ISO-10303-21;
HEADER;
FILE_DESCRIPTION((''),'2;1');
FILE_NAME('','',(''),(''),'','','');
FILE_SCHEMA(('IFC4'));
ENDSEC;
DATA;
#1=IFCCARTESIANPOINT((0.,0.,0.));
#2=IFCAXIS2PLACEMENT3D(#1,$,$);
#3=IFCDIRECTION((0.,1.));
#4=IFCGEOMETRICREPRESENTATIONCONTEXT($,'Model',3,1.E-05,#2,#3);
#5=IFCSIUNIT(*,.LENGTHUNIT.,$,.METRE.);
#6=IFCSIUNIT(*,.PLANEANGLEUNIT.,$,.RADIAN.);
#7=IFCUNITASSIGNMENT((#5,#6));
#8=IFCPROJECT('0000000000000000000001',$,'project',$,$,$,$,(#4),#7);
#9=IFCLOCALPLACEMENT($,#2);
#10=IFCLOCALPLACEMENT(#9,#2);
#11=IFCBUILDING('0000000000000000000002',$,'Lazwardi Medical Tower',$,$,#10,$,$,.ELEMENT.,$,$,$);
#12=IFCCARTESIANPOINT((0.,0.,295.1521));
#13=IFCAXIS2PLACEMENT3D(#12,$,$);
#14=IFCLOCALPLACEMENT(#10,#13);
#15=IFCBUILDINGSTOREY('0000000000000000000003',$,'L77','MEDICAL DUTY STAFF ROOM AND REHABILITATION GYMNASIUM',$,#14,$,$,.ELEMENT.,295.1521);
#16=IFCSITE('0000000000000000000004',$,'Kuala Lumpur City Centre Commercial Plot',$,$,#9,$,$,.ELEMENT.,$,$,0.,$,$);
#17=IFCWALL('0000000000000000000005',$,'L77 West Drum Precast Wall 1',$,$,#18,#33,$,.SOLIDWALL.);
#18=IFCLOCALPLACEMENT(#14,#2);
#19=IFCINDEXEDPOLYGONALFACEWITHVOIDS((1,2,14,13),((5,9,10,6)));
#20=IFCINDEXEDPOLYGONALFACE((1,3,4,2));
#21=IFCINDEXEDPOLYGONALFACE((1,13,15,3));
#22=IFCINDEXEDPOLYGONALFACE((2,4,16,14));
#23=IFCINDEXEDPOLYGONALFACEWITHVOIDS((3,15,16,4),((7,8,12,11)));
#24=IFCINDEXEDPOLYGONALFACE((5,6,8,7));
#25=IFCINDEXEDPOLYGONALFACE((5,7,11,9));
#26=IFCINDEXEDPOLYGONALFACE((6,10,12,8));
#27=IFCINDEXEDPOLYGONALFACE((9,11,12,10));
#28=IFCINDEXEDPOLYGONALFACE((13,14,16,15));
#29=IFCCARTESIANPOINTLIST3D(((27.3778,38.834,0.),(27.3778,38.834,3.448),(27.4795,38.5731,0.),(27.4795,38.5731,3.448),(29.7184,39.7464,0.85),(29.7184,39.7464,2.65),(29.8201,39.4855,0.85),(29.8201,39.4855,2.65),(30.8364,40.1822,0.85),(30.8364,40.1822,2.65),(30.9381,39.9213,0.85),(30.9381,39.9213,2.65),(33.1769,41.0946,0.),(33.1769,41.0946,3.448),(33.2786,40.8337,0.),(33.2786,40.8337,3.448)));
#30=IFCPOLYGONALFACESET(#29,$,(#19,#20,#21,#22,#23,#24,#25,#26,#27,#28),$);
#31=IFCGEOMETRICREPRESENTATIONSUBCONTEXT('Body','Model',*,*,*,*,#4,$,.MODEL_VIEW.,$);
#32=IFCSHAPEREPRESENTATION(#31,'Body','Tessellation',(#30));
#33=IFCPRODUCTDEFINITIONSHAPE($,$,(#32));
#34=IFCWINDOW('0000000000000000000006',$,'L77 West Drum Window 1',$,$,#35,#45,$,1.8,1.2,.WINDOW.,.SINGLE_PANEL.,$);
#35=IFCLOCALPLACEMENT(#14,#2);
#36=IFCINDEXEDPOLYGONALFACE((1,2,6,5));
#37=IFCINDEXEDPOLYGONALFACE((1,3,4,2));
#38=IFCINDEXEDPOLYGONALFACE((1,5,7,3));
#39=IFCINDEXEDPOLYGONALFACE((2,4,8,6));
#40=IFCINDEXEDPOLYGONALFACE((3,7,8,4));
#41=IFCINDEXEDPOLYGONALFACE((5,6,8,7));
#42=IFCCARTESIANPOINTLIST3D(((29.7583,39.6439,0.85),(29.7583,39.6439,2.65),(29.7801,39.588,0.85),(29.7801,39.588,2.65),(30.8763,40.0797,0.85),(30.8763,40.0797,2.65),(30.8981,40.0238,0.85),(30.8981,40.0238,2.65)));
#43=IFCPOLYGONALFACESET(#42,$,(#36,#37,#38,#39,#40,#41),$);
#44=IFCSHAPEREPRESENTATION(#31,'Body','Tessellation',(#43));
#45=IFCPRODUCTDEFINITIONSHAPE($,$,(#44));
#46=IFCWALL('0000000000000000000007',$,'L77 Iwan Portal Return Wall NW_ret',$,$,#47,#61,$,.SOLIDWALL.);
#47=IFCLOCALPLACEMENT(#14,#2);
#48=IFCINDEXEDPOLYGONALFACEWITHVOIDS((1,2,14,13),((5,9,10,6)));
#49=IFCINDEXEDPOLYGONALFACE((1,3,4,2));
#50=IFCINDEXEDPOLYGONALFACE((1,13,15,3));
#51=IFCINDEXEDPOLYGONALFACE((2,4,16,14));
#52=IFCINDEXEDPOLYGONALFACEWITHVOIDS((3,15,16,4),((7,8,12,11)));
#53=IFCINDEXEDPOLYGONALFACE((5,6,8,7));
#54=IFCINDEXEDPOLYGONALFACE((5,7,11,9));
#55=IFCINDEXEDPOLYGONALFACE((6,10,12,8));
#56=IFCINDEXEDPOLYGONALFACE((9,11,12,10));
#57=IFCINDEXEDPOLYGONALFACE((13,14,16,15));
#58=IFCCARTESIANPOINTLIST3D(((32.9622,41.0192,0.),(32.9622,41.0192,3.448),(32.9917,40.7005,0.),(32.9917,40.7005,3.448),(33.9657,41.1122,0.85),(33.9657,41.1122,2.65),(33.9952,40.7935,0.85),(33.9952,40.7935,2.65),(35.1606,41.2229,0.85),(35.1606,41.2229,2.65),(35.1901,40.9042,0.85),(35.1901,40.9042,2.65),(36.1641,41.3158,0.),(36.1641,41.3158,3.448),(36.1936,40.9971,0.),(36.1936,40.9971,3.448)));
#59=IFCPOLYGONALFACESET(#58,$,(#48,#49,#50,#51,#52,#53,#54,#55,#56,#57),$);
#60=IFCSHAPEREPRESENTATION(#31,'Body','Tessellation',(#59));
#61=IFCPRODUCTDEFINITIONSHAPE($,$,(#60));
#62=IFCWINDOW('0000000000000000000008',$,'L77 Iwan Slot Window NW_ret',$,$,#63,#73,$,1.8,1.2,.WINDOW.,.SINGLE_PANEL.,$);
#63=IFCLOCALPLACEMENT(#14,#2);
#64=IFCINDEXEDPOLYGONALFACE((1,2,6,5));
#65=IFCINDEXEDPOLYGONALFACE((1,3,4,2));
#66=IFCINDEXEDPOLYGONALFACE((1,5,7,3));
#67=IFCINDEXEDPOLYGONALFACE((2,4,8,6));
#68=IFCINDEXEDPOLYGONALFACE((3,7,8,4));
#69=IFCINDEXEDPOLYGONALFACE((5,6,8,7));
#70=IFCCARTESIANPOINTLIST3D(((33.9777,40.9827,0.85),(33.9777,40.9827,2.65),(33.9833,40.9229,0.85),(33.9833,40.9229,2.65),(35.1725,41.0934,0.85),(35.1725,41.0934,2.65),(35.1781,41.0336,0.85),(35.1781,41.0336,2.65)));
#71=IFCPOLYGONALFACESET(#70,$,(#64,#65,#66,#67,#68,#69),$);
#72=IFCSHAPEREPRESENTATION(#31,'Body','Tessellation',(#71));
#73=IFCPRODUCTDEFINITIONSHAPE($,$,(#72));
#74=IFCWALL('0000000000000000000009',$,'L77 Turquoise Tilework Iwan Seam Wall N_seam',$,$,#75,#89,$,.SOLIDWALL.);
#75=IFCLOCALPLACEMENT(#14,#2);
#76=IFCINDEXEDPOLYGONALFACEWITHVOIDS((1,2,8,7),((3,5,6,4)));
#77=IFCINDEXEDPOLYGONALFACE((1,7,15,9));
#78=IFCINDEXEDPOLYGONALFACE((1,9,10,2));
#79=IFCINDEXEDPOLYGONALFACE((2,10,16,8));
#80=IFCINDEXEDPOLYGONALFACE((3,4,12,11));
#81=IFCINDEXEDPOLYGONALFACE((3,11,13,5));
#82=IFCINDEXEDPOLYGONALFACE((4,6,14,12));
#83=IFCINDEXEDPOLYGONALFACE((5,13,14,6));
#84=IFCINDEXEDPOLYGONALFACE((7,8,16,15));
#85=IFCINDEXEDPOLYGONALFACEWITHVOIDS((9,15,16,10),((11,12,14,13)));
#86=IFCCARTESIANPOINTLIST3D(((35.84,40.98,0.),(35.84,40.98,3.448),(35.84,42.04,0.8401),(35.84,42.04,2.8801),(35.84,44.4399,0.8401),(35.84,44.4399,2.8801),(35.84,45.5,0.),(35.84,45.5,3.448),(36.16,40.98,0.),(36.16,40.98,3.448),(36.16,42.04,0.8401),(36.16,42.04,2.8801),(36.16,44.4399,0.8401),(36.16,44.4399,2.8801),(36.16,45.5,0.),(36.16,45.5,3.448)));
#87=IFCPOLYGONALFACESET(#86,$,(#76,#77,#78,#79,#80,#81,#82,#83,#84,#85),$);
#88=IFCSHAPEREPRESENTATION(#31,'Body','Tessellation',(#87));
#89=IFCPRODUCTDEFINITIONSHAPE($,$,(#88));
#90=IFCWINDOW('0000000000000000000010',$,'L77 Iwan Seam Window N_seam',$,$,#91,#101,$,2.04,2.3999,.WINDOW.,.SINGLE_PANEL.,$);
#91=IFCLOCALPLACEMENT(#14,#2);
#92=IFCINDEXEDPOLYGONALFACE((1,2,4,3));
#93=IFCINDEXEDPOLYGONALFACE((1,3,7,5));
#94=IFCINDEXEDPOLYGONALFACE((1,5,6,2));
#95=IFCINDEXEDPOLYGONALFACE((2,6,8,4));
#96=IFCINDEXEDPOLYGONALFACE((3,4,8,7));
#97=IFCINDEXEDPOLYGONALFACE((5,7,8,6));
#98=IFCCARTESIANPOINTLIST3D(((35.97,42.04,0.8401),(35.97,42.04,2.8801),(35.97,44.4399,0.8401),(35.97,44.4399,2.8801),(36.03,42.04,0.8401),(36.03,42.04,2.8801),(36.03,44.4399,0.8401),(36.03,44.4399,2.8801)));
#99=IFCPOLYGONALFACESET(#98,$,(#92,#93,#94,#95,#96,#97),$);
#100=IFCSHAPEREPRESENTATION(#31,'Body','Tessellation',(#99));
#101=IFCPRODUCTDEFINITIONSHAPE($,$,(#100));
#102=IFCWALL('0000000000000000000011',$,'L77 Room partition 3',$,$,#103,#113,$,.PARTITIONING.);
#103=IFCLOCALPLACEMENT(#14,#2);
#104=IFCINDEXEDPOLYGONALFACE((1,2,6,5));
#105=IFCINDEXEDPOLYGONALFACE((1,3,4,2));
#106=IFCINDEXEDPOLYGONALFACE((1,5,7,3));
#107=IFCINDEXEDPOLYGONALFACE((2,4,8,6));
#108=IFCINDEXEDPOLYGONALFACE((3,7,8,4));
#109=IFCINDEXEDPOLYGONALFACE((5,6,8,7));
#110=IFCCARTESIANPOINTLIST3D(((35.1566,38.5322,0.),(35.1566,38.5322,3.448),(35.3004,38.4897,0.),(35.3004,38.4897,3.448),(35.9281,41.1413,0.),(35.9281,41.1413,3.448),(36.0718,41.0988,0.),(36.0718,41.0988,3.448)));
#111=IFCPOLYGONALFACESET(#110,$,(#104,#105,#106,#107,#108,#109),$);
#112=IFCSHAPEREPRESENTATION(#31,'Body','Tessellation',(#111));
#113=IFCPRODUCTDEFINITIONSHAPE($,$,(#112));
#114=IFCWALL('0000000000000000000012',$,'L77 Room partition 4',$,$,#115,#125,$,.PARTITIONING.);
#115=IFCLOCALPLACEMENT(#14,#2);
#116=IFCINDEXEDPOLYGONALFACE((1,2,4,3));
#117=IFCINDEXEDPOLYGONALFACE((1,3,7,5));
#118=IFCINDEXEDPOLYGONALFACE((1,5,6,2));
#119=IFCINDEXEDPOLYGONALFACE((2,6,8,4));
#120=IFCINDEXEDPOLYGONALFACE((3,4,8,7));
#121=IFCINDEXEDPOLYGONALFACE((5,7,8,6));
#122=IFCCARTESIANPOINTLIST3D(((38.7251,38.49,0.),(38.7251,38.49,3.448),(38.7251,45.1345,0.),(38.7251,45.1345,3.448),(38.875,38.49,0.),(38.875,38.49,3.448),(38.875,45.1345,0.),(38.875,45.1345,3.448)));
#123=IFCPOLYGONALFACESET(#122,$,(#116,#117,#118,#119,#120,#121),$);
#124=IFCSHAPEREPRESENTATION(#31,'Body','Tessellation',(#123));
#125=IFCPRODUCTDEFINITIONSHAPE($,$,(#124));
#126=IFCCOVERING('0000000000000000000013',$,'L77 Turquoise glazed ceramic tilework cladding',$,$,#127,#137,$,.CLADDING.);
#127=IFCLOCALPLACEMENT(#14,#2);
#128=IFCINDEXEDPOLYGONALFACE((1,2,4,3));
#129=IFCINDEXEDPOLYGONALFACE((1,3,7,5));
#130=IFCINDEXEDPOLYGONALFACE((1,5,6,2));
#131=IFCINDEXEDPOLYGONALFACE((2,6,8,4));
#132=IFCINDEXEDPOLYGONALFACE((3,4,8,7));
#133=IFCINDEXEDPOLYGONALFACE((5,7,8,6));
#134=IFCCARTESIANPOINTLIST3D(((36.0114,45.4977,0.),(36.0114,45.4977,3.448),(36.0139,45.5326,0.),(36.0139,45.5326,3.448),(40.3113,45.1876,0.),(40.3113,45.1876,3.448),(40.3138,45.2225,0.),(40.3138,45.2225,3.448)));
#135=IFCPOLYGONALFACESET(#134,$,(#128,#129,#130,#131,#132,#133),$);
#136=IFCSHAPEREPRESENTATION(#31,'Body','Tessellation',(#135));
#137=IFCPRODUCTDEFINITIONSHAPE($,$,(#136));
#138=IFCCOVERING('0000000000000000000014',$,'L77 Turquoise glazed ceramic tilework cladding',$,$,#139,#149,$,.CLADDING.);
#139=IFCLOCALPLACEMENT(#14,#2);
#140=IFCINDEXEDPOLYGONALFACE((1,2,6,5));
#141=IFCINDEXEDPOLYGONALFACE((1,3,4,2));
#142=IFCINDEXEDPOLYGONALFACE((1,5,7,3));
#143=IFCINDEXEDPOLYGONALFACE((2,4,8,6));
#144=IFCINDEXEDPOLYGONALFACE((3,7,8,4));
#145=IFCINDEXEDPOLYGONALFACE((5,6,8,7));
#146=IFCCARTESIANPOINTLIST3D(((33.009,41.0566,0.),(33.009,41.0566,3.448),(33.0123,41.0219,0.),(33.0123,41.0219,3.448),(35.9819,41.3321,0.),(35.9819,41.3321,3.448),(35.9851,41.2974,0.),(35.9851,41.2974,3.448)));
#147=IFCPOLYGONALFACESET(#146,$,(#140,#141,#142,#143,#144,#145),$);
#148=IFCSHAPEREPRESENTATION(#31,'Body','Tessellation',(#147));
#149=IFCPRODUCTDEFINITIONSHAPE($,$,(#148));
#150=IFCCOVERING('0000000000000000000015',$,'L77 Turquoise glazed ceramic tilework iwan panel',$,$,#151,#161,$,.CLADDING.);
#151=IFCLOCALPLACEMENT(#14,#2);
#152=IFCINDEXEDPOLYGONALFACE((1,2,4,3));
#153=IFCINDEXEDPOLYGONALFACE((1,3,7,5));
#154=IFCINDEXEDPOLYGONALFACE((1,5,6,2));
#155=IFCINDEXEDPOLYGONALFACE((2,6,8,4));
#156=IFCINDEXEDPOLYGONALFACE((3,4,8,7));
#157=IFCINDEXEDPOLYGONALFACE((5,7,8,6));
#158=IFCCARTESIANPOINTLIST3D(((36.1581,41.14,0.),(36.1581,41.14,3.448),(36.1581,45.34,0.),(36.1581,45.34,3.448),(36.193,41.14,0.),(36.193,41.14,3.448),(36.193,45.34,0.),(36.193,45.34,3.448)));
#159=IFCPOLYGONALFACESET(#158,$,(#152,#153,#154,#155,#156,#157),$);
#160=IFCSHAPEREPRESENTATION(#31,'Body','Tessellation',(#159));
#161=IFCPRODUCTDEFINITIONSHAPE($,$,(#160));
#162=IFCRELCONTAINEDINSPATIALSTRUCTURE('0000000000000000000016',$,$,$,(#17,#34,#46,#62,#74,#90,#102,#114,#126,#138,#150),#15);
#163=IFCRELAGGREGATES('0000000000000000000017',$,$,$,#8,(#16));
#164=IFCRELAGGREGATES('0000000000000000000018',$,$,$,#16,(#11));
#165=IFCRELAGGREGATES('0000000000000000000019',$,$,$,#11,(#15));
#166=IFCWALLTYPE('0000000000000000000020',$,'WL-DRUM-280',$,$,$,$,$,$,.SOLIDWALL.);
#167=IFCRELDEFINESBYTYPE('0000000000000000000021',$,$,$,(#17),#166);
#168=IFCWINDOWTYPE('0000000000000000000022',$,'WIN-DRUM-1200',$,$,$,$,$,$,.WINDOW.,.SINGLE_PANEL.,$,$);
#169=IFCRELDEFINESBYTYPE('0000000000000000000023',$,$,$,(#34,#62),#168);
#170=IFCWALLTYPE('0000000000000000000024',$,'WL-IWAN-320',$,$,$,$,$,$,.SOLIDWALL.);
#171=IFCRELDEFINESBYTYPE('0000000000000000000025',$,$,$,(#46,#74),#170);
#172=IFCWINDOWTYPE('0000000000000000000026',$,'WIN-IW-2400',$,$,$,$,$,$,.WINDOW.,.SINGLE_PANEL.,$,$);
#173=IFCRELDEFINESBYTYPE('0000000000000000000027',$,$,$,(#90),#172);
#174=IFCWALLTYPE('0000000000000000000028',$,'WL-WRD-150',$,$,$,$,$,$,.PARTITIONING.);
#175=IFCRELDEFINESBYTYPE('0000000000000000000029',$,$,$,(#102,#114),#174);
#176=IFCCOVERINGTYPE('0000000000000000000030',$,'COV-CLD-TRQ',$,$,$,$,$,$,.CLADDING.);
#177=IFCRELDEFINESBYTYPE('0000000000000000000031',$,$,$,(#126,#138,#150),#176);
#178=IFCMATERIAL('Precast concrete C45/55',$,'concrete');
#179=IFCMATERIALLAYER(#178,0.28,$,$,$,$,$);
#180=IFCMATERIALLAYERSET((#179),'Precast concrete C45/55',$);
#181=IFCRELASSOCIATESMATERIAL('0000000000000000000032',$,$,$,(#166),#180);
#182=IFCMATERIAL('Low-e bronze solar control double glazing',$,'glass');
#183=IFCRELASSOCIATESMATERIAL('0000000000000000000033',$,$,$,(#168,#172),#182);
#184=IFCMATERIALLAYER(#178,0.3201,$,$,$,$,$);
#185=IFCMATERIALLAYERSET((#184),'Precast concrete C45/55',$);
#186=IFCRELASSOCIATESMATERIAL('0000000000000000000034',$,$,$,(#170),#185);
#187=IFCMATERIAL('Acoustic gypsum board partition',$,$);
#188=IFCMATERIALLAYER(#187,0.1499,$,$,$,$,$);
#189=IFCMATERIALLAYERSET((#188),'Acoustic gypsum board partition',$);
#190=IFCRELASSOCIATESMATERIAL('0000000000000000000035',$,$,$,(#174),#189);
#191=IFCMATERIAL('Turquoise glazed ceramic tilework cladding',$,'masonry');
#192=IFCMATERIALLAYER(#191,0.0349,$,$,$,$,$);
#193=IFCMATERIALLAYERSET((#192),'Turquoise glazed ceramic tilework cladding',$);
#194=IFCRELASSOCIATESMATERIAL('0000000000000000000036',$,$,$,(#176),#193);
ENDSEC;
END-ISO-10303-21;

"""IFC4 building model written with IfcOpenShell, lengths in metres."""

from ifc_helpers import new_model, si_unit, direction, frame, frame_2d, origin, origin_2d, place, context, subcontext, project, spatial, rectangle, extrude, material, layer, layer_set, type_object, element, fill, save


model = new_model("IFC4")

# Units and contexts
model_context = context("Model", 3, precision=1e-05, world=origin(), true_north=direction((0.0, 1.0)))
body_context = subcontext(model_context, "Body", "Model", "MODEL_VIEW")
ifc_project = project(units=[si_unit("LENGTHUNIT", "METRE"), si_unit("PLANEANGLEUNIT", "RADIAN")], contexts=[model_context])

# Site, building, storey
site_placement = place(None, origin())
site = spatial("IfcSite", under=ifc_project, at=site_placement, Name="Kuala Lumpur City Centre Commercial Plot", CompositionType="ELEMENT", RefElevation=0.0)
building_placement = place(site_placement, origin())
building = spatial("IfcBuilding", under=site, at=building_placement, Name="Lazwardi Medical Tower", CompositionType="ELEMENT")
storey_placement = place(building_placement, frame((0.0, 0.0, 295.1521)))
storey = spatial("IfcBuildingStorey", under=building, at=storey_placement, Name="L77", Description="MEDICAL DUTY STAFF ROOM AND REHABILITATION GYMNASIUM", CompositionType="ELEMENT", Elevation=295.1521)

# Walls, openings, windows
ifc_material_1 = material(Name="Precast concrete C45/55", Category="concrete")
ifc_layer_1 = layer(ifc_material_1, 0.28)
ifc_layer_set_1 = layer_set([ifc_layer_1], Name="Precast concrete C45/55")
wall_type_1 = type_object("IfcWallType", Name="WL-DRUM-280", PredefinedType="SOLIDWALL", material=ifc_layer_set_1)
wall_1_placement = place(storey_placement, frame((33.2278, 40.9641, 0.0), z_axis=(0.0, 0.0, 1.0), x_axis=(-0.931717, -0.363186, 0.0)))
wall_1 = element("IfcWall", 1, at=wall_1_placement, inside=storey, type_object=wall_type_1, Name="L77 West Drum Precast Wall 1", PredefinedType="SOLIDWALL", context=body_context, shape_type="SweptSolid", body=[
    extrude(rectangle(XDim=6.2241, YDim=0.28, at=frame_2d((3.1121, 0.0))), origin(), (0.0, 0.0, 1.0), 3.448),
])
opening_1_placement = place(wall_1_placement, frame((2.512, 0.0, 0.8501)))
opening_1 = element("IfcOpeningElement", 2, at=opening_1_placement, cuts=wall_1, PredefinedType="OPENING", context=body_context, shape_type="SweptSolid", body=[
    extrude(rectangle(XDim=1.2, YDim=1.8, at=frame_2d((0.6001, 0.8999))), frame((0.0, 0.1499, 0.0), z_axis=(0.0, -1.0, 0.0), x_axis=(1.0, 0.0, 0.0)), (0.0, 0.0, 1.0), 0.3),
])
ifc_material_2 = material(Name="Low-e bronze solar control double glazing", Category="glass")
window_type_1 = type_object("IfcWindowType", Name="WIN-DRUM-1200", PartitioningType="SINGLE_PANEL", PredefinedType="WINDOW", material=ifc_material_2)
window_1_placement = place(opening_1_placement, origin())
window_1 = element("IfcWindow", 3, at=window_1_placement, inside=storey, type_object=window_type_1, Name="L77 West Drum Window 1", OverallHeight=1.8, OverallWidth=1.2, PartitioningType="SINGLE_PANEL", PredefinedType="WINDOW", context=body_context, shape_type="SweptSolid", body=[
    extrude(rectangle(XDim=1.2, YDim=1.8, at=frame_2d((0.6001, 0.8999))), frame((0.0, 0.03, 0.0), z_axis=(0.0, -1.0, 0.0), x_axis=(1.0, 0.0, 0.0)), (0.0, 0.0, 1.0), 0.0601),
])
fill(opening_1, window_1)
ifc_layer_2 = layer(ifc_material_1, 0.3201)
ifc_layer_set_2 = layer_set([ifc_layer_2], Name="Precast concrete C45/55")
wall_type_2 = type_object("IfcWallType", Name="WL-IWAN-320", PredefinedType="SOLIDWALL", material=ifc_layer_set_2)
wall_2_placement = place(storey_placement, frame((36.179, 41.1565, 0.0), z_axis=(0.0, 0.0, 1.0), x_axis=(-0.995736, -0.092247, 0.0)))
wall_2 = element("IfcWall", 4, at=wall_2_placement, inside=storey, type_object=wall_type_2, Name="L77 Iwan Portal Return Wall NW_ret", PredefinedType="SOLIDWALL", context=body_context, shape_type="SweptSolid", body=[
    extrude(rectangle(XDim=3.2156, YDim=0.3201, at=frame_2d((1.6079, 0.0))), origin(), (0.0, 0.0, 1.0), 3.448),
])
opening_2_placement = place(wall_2_placement, frame((1.0078, 0.0, 0.8501)))
opening_2 = element("IfcOpeningElement", 5, at=opening_2_placement, cuts=wall_2, PredefinedType="OPENING", context=body_context, shape_type="SweptSolid", body=[
    extrude(rectangle(XDim=1.2, YDim=1.8, at=frame_2d((0.6001, 0.8999))), frame((0.0, 0.1699, 0.0), z_axis=(0.0, -1.0, 0.0), x_axis=(1.0, 0.0, 0.0)), (0.0, 0.0, 1.0), 0.3401),
])
window_2_placement = place(opening_2_placement, origin())
window_2 = element("IfcWindow", 6, at=window_2_placement, inside=storey, type_object=window_type_1, Name="L77 Iwan Slot Window NW_ret", OverallHeight=1.8, OverallWidth=1.2, PartitioningType="SINGLE_PANEL", PredefinedType="WINDOW", context=body_context, shape_type="SweptSolid", body=[
    extrude(rectangle(XDim=1.2, YDim=1.8, at=frame_2d((0.6001, 0.8999))), frame((0.0, 0.03, 0.0), z_axis=(0.0, -1.0, 0.0), x_axis=(1.0, 0.0, 0.0)), (0.0, 0.0, 1.0), 0.0601),
])
fill(opening_2, window_2)
wall_3_placement = place(storey_placement, frame((36.0, 45.5, 0.0), z_axis=(0.0, 0.0, 1.0), x_axis=(0.0, -1.0, 0.0)))
wall_3 = element("IfcWall", 7, at=wall_3_placement, inside=storey, type_object=wall_type_2, Name="L77 Turquoise Tilework Iwan Seam Wall N_seam", PredefinedType="SOLIDWALL", context=body_context, shape_type="SweptSolid", body=[
    extrude(rectangle(XDim=4.52, YDim=0.3201, at=frame_2d((2.26, 0.0))), origin(), (0.0, 0.0, 1.0), 3.448),
])
opening_3_placement = place(wall_3_placement, frame((1.0601, 0.0, 0.8401)))
opening_3 = element("IfcOpeningElement", 8, at=opening_3_placement, cuts=wall_3, PredefinedType="OPENING", context=body_context, shape_type="SweptSolid", body=[
    extrude(rectangle(XDim=2.3999, YDim=2.04, at=frame_2d((1.2, 1.02))), frame((0.0, 0.1699, 0.0), z_axis=(0.0, -1.0, 0.0), x_axis=(1.0, 0.0, 0.0)), (0.0, 0.0, 1.0), 0.3401),
])
window_type_2 = type_object("IfcWindowType", Name="WIN-IW-2400", PartitioningType="SINGLE_PANEL", PredefinedType="WINDOW", material=ifc_material_2)
window_3_placement = place(opening_3_placement, origin())
window_3 = element("IfcWindow", 9, at=window_3_placement, inside=storey, type_object=window_type_2, Name="L77 Iwan Seam Window N_seam", OverallHeight=2.04, OverallWidth=2.3999, PartitioningType="SINGLE_PANEL", PredefinedType="WINDOW", context=body_context, shape_type="SweptSolid", body=[
    extrude(rectangle(XDim=2.3999, YDim=2.04, at=frame_2d((1.2, 1.02))), frame((0.0, 0.03, 0.0), z_axis=(0.0, -1.0, 0.0), x_axis=(1.0, 0.0, 0.0)), (0.0, 0.0, 1.0), 0.0601),
])
fill(opening_3, window_3)

# Walls
ifc_material_3 = material(Name="Acoustic gypsum board partition")
ifc_layer_3 = layer(ifc_material_3, 0.1499)
ifc_layer_set_3 = layer_set([ifc_layer_3], Name="Acoustic gypsum board partition")
wall_type_3 = type_object("IfcWallType", Name="WL-WRD-150", PredefinedType="PARTITIONING", material=ifc_layer_set_3)
wall_4_placement = place(storey_placement, frame((35.2285, 38.511, 0.0), z_axis=(0.0, 0.0, 1.0), x_axis=(0.283551, 0.958957, 0.0)))
element("IfcWall", 10, at=wall_4_placement, inside=storey, type_object=wall_type_3, Name="L77 Room partition 3", PredefinedType="PARTITIONING", context=body_context, shape_type="SweptSolid", body=[
    extrude(rectangle(XDim=2.7207, YDim=0.1499, at=frame_2d((1.3604, 0.0))), origin(), (0.0, 0.0, 1.0), 3.448),
])
wall_5_placement = place(storey_placement, frame((38.8, 38.49, 0.0), z_axis=(0.0, 0.0, 1.0), x_axis=(0.0, 1.0, 0.0)))
element("IfcWall", 11, at=wall_5_placement, inside=storey, type_object=wall_type_3, Name="L77 Room partition 4", PredefinedType="PARTITIONING", context=body_context, shape_type="SweptSolid", body=[
    extrude(rectangle(XDim=6.6445, YDim=0.1499, at=frame_2d((3.3223, 0.0))), origin(), (0.0, 0.0, 1.0), 3.448),
])

# Coverings
ifc_material_4 = material(Name="Turquoise glazed ceramic tilework cladding", Category="masonry")
ifc_layer_4 = layer(ifc_material_4, 0.0349)
ifc_layer_set_4 = layer_set([ifc_layer_4], Name="Turquoise glazed ceramic tilework cladding")
covering_type = type_object("IfcCoveringType", Name="COV-CLD-TRQ", PredefinedType="CLADDING", material=ifc_layer_set_4)
covering_1_placement = place(storey_placement, frame((38.1626, 45.3601, 0.0), z_axis=(0.0, 0.0, 1.0), x_axis=(-0.997409, 0.071933, 0.0)))
element("IfcCovering", 12, at=covering_1_placement, inside=storey, type_object=covering_type, Name="L77 Turquoise glazed ceramic tilework cladding", PredefinedType="CLADDING", context=body_context, shape_type="SweptSolid", body=[
    extrude(rectangle(XDim=4.311, YDim=0.0349, at=origin_2d()), origin(), (0.0, 0.0, 1.0), 3.448),
])
covering_2_placement = place(storey_placement, frame((34.4971, 41.177, 0.0), z_axis=(0.0, 0.0, 1.0), x_axis=(-0.995734, -0.092275, 0.0)))
element("IfcCovering", 13, at=covering_2_placement, inside=storey, type_object=covering_type, Name="L77 Turquoise glazed ceramic tilework cladding", PredefinedType="CLADDING", context=body_context, shape_type="SweptSolid", body=[
    extrude(rectangle(XDim=2.9856, YDim=0.0349, at=origin_2d()), origin(), (0.0, 0.0, 1.0), 3.448),
])
covering_3_placement = place(storey_placement, frame((36.1755, 43.24, 0.0), z_axis=(0.0, 0.0, 1.0), x_axis=(0.0, -1.0, 0.0)))
element("IfcCovering", 14, at=covering_3_placement, inside=storey, type_object=covering_type, Name="L77 Turquoise glazed ceramic tilework iwan panel", PredefinedType="CLADDING", context=body_context, shape_type="SweptSolid", body=[
    extrude(rectangle(XDim=4.2, YDim=0.0349, at=origin_2d()), origin(), (0.0, 0.0, 1.0), 3.448),
])

save(model, "model.ifc")
